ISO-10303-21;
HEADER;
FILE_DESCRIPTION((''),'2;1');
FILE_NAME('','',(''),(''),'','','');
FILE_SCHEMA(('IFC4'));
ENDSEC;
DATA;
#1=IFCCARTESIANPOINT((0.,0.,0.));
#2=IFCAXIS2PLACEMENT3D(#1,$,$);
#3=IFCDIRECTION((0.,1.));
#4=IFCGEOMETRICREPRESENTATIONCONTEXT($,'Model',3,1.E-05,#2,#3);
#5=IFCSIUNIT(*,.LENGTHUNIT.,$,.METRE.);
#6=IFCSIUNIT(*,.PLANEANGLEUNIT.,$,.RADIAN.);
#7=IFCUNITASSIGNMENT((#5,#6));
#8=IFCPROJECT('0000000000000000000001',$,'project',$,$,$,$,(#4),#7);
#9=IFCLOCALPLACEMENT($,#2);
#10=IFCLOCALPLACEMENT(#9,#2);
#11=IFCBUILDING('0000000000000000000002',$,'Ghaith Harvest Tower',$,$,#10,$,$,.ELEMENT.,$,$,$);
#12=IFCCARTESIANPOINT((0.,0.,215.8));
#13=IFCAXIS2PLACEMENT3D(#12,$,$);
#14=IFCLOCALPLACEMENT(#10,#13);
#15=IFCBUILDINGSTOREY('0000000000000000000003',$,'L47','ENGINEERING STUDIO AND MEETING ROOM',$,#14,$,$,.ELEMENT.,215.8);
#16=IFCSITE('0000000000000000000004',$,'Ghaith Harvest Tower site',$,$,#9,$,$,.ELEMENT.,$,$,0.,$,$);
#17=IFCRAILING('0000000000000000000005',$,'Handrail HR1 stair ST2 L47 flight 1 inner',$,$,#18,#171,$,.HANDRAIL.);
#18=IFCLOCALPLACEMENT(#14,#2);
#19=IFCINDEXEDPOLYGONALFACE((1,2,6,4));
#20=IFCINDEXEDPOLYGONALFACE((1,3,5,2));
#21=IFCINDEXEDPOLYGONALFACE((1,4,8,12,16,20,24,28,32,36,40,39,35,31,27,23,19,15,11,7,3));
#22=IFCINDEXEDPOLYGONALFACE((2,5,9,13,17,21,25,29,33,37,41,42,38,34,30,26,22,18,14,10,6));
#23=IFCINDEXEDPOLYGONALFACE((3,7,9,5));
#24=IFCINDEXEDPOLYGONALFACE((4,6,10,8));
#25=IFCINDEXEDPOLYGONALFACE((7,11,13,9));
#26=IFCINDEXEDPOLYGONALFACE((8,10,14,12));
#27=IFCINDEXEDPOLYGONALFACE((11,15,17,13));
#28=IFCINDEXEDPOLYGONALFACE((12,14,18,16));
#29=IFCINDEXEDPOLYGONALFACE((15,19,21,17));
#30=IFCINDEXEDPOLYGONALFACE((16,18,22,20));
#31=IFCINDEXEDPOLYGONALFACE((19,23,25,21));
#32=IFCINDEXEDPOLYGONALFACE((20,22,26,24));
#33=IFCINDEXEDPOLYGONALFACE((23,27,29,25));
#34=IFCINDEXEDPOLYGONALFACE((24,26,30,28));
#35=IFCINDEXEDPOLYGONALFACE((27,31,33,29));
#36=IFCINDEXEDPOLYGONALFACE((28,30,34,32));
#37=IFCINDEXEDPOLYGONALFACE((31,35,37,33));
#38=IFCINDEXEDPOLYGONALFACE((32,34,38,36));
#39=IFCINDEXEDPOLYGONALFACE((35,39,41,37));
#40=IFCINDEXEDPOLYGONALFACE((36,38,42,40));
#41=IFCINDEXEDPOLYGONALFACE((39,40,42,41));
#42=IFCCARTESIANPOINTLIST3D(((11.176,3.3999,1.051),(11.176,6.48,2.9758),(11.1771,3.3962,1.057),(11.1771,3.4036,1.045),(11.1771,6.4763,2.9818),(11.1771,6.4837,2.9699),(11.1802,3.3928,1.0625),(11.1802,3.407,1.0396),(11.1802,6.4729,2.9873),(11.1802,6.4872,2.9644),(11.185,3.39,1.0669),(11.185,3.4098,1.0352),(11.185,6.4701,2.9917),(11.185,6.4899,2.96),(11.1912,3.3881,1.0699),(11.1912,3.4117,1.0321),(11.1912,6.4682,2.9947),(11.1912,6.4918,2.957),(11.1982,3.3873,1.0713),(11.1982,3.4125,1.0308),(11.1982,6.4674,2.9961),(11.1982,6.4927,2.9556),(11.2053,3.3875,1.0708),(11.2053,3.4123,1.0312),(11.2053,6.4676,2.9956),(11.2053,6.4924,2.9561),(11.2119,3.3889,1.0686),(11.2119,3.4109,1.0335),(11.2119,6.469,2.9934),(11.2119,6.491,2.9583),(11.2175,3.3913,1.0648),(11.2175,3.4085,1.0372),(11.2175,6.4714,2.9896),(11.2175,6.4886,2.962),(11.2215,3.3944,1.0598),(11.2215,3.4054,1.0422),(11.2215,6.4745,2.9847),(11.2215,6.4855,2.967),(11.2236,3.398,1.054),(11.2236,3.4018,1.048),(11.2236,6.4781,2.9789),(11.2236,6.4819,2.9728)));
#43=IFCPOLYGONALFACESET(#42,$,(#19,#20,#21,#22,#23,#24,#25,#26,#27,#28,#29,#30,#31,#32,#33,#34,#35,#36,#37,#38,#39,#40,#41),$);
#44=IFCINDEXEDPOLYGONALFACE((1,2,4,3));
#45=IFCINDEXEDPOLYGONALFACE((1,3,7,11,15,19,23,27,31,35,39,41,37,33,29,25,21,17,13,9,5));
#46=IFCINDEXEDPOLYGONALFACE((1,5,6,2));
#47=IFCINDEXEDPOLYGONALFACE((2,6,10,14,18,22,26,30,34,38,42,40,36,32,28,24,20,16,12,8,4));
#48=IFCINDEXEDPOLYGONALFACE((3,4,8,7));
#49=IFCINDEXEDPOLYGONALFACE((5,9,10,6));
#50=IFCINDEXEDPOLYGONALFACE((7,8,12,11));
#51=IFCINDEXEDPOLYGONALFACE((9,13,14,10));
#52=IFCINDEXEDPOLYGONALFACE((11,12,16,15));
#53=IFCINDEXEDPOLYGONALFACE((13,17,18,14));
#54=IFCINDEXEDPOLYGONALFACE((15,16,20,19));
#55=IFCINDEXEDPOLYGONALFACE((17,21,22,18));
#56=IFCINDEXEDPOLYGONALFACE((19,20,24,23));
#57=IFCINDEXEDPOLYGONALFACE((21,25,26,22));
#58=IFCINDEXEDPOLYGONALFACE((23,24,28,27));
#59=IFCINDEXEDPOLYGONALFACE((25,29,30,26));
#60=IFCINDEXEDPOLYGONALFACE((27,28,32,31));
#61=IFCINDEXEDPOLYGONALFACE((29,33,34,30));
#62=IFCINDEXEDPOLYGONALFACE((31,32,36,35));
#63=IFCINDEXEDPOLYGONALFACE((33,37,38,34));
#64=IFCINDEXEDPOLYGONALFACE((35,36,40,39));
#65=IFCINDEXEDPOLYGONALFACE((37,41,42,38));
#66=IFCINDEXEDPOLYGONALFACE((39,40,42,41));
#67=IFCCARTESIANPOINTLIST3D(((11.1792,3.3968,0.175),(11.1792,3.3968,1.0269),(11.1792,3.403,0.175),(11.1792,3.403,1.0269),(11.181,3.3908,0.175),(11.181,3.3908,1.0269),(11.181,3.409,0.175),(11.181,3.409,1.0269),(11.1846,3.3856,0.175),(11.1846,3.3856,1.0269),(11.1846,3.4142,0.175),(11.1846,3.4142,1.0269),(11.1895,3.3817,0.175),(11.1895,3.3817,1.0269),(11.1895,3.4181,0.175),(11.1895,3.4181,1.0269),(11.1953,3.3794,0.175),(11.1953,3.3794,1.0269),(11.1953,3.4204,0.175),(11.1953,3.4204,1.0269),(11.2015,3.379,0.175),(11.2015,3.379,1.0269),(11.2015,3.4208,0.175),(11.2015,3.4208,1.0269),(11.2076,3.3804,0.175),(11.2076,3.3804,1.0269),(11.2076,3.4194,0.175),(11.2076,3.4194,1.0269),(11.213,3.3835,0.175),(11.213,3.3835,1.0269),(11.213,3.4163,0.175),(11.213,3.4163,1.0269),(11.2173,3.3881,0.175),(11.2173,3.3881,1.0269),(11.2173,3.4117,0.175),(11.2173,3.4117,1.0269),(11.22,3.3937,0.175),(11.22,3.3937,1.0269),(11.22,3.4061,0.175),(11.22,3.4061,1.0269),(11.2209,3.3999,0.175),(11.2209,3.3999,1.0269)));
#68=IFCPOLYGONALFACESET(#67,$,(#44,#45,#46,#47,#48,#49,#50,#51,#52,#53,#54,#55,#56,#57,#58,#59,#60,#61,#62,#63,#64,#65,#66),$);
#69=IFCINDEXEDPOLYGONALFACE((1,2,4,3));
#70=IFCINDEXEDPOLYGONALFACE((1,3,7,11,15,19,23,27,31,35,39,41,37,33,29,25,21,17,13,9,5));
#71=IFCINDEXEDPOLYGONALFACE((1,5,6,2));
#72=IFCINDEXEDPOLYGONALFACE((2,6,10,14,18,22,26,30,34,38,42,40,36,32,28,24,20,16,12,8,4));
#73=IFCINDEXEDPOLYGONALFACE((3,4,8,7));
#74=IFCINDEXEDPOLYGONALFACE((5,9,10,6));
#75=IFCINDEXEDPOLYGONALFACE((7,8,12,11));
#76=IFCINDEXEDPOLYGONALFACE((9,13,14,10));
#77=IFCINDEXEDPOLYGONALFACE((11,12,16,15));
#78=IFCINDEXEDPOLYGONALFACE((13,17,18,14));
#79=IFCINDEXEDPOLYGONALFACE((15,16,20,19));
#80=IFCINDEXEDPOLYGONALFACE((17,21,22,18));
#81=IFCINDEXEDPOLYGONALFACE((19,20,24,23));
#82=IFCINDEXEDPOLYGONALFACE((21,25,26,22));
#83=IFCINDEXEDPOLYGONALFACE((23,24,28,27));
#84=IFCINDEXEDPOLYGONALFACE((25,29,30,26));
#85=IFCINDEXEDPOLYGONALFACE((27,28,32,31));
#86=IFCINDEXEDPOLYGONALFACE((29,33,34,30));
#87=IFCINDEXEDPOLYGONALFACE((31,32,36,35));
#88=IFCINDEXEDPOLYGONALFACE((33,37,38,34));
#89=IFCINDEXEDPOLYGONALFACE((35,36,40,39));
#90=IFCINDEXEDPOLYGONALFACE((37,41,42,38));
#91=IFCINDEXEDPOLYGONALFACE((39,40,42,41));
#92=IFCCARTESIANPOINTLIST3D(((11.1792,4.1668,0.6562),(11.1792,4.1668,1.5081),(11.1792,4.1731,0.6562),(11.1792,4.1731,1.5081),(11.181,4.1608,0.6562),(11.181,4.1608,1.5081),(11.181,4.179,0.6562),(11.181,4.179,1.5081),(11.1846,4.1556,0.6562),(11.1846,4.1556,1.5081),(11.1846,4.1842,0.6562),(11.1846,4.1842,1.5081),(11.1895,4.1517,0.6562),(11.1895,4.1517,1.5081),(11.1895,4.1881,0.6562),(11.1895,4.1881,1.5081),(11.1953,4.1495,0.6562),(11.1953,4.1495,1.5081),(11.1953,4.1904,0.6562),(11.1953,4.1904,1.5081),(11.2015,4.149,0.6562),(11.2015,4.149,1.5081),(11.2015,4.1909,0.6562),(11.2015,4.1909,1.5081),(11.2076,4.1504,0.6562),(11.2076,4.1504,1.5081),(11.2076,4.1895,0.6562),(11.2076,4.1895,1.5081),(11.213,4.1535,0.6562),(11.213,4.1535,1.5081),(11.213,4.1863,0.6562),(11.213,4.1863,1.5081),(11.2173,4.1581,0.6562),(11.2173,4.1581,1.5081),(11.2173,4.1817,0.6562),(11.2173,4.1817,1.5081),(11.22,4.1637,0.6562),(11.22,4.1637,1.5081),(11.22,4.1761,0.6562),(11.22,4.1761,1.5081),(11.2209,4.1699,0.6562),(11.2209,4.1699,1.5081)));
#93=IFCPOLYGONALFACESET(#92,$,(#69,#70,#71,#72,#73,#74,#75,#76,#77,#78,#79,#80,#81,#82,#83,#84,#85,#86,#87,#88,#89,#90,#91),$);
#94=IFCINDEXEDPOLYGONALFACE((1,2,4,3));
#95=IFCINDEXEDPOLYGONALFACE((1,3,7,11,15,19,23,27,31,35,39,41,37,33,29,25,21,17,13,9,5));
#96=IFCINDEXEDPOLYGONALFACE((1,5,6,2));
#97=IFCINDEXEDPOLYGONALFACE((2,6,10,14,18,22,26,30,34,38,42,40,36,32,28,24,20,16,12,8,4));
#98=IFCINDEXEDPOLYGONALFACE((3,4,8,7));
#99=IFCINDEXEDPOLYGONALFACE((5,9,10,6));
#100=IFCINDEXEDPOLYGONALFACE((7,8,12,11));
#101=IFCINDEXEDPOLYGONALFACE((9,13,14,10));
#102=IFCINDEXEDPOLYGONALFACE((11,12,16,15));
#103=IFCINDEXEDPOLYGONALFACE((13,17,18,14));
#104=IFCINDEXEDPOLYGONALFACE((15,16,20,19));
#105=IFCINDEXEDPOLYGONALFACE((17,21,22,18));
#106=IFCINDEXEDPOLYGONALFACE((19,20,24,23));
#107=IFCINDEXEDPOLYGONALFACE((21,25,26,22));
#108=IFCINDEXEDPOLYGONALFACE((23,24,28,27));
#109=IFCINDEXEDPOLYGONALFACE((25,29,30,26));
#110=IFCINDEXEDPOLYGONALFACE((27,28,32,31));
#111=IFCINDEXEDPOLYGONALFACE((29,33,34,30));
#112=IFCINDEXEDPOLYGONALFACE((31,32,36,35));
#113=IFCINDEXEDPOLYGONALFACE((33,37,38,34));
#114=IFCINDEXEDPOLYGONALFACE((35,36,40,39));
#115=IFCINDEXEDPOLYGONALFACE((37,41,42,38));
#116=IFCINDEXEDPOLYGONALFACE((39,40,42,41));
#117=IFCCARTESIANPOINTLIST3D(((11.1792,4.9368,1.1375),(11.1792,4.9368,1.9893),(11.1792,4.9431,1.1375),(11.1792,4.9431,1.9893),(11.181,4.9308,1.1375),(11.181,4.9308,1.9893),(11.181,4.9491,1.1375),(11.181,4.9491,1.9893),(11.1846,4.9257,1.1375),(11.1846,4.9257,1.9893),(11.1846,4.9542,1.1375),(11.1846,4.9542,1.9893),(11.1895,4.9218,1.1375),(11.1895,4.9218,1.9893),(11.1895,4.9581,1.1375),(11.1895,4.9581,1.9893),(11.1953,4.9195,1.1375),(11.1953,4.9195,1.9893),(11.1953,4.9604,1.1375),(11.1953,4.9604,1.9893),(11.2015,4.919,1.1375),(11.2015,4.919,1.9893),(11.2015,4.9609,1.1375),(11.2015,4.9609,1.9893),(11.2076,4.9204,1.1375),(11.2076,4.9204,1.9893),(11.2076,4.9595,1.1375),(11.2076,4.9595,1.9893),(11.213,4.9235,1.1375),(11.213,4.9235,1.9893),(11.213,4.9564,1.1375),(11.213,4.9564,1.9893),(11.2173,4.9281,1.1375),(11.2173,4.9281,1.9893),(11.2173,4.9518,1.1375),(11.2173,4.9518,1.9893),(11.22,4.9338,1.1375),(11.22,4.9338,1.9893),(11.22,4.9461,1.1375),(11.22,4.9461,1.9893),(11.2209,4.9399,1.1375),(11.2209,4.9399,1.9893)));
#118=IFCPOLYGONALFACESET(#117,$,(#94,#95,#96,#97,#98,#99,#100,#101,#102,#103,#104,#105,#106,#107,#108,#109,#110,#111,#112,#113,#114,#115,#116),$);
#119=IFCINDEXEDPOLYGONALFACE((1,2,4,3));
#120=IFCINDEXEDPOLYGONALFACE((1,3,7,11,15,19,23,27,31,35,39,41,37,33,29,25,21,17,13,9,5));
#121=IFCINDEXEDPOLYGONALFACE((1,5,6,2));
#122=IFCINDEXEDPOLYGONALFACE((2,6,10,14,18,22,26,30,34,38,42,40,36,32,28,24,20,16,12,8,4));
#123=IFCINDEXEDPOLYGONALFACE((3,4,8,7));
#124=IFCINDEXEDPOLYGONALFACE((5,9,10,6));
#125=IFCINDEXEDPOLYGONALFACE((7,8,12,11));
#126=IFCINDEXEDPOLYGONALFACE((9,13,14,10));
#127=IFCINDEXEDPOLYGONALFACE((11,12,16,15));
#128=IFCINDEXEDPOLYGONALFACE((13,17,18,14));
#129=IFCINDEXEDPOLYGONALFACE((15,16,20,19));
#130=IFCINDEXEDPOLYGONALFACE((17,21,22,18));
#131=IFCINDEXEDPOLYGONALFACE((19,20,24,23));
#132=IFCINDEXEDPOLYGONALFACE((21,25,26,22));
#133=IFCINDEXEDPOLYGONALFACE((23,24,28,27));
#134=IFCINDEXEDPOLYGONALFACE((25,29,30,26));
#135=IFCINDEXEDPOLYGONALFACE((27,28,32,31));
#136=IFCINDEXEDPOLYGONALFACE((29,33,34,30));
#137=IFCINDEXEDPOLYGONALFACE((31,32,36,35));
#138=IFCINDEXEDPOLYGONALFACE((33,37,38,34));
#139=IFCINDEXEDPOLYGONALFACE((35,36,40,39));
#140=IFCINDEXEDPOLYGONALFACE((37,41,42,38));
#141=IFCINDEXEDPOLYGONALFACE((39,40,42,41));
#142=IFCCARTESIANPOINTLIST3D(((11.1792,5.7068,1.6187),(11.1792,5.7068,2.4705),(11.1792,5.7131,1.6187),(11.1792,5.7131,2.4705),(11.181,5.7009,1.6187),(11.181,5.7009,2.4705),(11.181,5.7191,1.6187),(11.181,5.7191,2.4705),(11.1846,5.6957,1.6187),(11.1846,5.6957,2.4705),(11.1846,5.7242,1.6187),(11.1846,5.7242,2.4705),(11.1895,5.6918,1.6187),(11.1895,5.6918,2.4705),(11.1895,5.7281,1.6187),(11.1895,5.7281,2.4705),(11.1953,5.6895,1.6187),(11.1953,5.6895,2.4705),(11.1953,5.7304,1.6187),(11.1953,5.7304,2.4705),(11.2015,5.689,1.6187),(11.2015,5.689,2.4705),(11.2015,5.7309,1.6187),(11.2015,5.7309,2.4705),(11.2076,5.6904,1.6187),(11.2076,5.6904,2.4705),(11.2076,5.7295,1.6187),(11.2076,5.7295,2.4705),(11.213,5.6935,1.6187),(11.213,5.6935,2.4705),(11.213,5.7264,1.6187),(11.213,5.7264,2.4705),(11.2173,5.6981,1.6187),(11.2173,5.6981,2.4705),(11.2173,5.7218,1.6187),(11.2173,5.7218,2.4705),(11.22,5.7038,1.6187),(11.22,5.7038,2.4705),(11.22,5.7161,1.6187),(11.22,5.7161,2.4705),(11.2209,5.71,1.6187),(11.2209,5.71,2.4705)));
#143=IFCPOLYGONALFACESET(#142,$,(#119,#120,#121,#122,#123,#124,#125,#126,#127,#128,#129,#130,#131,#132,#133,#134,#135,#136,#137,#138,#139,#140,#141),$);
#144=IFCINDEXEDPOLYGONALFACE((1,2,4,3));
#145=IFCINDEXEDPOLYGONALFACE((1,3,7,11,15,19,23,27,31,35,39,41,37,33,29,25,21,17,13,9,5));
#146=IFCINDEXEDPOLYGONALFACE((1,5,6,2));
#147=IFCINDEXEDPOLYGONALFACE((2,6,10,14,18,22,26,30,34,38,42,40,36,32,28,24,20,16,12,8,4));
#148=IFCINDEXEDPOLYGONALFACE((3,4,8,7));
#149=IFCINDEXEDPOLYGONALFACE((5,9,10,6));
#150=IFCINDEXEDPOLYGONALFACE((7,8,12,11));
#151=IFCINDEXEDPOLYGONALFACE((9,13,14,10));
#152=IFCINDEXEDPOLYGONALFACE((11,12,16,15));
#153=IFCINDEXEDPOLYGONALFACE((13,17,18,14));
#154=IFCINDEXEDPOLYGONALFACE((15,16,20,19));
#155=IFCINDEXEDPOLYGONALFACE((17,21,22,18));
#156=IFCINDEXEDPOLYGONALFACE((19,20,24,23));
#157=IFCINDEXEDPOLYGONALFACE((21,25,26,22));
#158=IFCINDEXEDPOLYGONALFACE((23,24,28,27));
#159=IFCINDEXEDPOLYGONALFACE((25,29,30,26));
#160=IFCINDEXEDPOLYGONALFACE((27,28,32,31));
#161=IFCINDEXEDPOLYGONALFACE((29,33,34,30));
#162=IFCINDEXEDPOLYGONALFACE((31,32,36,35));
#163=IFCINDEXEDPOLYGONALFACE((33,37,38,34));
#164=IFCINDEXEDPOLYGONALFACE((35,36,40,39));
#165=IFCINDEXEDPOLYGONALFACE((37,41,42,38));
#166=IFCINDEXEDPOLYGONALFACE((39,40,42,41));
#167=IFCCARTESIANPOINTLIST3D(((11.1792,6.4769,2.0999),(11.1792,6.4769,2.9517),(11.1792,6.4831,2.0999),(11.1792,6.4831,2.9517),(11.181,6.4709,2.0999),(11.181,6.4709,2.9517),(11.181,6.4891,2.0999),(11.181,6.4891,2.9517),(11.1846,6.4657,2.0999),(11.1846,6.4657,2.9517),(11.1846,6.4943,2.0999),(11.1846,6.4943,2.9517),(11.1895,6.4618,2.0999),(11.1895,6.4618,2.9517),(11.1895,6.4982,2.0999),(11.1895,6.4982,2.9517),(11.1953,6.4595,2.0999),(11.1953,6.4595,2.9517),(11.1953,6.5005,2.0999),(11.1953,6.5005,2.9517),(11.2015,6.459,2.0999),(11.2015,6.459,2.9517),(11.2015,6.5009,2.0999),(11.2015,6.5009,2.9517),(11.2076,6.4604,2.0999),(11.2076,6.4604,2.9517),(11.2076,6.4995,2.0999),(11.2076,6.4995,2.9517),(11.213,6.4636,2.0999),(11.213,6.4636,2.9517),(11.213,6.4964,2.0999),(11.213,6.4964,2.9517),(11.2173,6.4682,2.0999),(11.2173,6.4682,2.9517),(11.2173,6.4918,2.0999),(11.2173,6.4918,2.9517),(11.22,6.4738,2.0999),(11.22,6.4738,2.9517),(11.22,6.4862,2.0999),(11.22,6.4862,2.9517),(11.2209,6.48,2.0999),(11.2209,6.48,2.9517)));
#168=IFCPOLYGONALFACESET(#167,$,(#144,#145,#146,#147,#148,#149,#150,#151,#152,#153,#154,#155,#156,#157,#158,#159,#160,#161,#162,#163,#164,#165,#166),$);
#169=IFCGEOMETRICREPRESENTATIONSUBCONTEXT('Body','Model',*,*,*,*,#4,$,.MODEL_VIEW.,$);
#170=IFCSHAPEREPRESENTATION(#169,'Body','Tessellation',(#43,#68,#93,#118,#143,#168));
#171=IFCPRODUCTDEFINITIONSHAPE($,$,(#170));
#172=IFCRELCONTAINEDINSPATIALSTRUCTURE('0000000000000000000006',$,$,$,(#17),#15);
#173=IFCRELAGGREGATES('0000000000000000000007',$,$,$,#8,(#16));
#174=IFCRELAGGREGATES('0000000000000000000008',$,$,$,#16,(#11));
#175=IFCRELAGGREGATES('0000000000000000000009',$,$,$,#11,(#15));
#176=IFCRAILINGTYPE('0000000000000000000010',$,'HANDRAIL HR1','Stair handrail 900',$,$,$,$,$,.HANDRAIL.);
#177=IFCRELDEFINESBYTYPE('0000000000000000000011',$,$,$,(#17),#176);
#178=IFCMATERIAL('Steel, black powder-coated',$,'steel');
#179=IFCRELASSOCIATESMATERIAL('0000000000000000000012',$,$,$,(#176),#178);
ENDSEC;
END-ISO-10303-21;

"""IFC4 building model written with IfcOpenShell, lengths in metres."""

from ifc_helpers import new_model, si_unit, direction, frame, origin, origin_2d, place, context, subcontext, project, spatial, circle, extrude, material, type_object, element, save


model = new_model("IFC4")

# Units and contexts
model_context = context("Model", 3, precision=1e-05, world=origin(), true_north=direction((0.0, 1.0)))
body_context = subcontext(model_context, "Body", "Model", "MODEL_VIEW")
ifc_project = project(units=[si_unit("LENGTHUNIT", "METRE"), si_unit("PLANEANGLEUNIT", "RADIAN")], contexts=[model_context])

# Site, building, storey
site_placement = place(None, origin())
site = spatial("IfcSite", under=ifc_project, at=site_placement, Name="Ghaith Harvest Tower site", CompositionType="ELEMENT", RefElevation=0.0)
building_placement = place(site_placement, origin())
building = spatial("IfcBuilding", under=site, at=building_placement, Name="Ghaith Harvest Tower", CompositionType="ELEMENT")
storey_placement = place(building_placement, frame((0.0, 0.0, 215.8)))
storey = spatial("IfcBuildingStorey", under=building, at=storey_placement, Name="L47", Description="ENGINEERING STUDIO AND MEETING ROOM", CompositionType="ELEMENT", Elevation=215.8)

# Railing
ifc_material_1 = material(Name="Steel, black powder-coated", Category="steel")
railing_type = type_object("IfcRailingType", Name="HANDRAIL HR1", Description="Stair handrail 900", PredefinedType="HANDRAIL", material=ifc_material_1)
railing_1_placement = place(storey_placement, frame((11.2, 3.3999, 0.175)))
element("IfcRailing", 1, at=railing_1_placement, inside=storey, type_object=railing_type, Name="Handrail HR1 stair ST2 L47 flight 1 inner", PredefinedType="HANDRAIL", context=body_context, shape_type="SweptSolid", body=[
    extrude(circle(Radius=0.0239, at=origin_2d()), frame((0.0, 0.0, 0.876), z_axis=(0.0, 0.848029, 0.529951), x_axis=(-1.0, 0.0, 0.0)), (0.0, 0.0, 1.0), 3.6321),
    extrude(circle(Radius=0.021, at=origin_2d()), origin(), (0.0, 0.0, 1.0), 0.8518),
    extrude(circle(Radius=0.021, at=origin_2d()), frame((0.0, 0.77, 0.4812)), (0.0, 0.0, 1.0), 0.8518),
    extrude(circle(Radius=0.021, at=origin_2d()), frame((0.0, 1.54, 0.9624)), (0.0, 0.0, 1.0), 0.8518),
    extrude(circle(Radius=0.021, at=origin_2d()), frame((0.0, 2.3101, 1.4436)), (0.0, 0.0, 1.0), 0.8518),
    extrude(circle(Radius=0.021, at=origin_2d()), frame((0.0, 3.0801, 1.9248)), (0.0, 0.0, 1.0), 0.8518),
])

save(model, "model.ifc")
